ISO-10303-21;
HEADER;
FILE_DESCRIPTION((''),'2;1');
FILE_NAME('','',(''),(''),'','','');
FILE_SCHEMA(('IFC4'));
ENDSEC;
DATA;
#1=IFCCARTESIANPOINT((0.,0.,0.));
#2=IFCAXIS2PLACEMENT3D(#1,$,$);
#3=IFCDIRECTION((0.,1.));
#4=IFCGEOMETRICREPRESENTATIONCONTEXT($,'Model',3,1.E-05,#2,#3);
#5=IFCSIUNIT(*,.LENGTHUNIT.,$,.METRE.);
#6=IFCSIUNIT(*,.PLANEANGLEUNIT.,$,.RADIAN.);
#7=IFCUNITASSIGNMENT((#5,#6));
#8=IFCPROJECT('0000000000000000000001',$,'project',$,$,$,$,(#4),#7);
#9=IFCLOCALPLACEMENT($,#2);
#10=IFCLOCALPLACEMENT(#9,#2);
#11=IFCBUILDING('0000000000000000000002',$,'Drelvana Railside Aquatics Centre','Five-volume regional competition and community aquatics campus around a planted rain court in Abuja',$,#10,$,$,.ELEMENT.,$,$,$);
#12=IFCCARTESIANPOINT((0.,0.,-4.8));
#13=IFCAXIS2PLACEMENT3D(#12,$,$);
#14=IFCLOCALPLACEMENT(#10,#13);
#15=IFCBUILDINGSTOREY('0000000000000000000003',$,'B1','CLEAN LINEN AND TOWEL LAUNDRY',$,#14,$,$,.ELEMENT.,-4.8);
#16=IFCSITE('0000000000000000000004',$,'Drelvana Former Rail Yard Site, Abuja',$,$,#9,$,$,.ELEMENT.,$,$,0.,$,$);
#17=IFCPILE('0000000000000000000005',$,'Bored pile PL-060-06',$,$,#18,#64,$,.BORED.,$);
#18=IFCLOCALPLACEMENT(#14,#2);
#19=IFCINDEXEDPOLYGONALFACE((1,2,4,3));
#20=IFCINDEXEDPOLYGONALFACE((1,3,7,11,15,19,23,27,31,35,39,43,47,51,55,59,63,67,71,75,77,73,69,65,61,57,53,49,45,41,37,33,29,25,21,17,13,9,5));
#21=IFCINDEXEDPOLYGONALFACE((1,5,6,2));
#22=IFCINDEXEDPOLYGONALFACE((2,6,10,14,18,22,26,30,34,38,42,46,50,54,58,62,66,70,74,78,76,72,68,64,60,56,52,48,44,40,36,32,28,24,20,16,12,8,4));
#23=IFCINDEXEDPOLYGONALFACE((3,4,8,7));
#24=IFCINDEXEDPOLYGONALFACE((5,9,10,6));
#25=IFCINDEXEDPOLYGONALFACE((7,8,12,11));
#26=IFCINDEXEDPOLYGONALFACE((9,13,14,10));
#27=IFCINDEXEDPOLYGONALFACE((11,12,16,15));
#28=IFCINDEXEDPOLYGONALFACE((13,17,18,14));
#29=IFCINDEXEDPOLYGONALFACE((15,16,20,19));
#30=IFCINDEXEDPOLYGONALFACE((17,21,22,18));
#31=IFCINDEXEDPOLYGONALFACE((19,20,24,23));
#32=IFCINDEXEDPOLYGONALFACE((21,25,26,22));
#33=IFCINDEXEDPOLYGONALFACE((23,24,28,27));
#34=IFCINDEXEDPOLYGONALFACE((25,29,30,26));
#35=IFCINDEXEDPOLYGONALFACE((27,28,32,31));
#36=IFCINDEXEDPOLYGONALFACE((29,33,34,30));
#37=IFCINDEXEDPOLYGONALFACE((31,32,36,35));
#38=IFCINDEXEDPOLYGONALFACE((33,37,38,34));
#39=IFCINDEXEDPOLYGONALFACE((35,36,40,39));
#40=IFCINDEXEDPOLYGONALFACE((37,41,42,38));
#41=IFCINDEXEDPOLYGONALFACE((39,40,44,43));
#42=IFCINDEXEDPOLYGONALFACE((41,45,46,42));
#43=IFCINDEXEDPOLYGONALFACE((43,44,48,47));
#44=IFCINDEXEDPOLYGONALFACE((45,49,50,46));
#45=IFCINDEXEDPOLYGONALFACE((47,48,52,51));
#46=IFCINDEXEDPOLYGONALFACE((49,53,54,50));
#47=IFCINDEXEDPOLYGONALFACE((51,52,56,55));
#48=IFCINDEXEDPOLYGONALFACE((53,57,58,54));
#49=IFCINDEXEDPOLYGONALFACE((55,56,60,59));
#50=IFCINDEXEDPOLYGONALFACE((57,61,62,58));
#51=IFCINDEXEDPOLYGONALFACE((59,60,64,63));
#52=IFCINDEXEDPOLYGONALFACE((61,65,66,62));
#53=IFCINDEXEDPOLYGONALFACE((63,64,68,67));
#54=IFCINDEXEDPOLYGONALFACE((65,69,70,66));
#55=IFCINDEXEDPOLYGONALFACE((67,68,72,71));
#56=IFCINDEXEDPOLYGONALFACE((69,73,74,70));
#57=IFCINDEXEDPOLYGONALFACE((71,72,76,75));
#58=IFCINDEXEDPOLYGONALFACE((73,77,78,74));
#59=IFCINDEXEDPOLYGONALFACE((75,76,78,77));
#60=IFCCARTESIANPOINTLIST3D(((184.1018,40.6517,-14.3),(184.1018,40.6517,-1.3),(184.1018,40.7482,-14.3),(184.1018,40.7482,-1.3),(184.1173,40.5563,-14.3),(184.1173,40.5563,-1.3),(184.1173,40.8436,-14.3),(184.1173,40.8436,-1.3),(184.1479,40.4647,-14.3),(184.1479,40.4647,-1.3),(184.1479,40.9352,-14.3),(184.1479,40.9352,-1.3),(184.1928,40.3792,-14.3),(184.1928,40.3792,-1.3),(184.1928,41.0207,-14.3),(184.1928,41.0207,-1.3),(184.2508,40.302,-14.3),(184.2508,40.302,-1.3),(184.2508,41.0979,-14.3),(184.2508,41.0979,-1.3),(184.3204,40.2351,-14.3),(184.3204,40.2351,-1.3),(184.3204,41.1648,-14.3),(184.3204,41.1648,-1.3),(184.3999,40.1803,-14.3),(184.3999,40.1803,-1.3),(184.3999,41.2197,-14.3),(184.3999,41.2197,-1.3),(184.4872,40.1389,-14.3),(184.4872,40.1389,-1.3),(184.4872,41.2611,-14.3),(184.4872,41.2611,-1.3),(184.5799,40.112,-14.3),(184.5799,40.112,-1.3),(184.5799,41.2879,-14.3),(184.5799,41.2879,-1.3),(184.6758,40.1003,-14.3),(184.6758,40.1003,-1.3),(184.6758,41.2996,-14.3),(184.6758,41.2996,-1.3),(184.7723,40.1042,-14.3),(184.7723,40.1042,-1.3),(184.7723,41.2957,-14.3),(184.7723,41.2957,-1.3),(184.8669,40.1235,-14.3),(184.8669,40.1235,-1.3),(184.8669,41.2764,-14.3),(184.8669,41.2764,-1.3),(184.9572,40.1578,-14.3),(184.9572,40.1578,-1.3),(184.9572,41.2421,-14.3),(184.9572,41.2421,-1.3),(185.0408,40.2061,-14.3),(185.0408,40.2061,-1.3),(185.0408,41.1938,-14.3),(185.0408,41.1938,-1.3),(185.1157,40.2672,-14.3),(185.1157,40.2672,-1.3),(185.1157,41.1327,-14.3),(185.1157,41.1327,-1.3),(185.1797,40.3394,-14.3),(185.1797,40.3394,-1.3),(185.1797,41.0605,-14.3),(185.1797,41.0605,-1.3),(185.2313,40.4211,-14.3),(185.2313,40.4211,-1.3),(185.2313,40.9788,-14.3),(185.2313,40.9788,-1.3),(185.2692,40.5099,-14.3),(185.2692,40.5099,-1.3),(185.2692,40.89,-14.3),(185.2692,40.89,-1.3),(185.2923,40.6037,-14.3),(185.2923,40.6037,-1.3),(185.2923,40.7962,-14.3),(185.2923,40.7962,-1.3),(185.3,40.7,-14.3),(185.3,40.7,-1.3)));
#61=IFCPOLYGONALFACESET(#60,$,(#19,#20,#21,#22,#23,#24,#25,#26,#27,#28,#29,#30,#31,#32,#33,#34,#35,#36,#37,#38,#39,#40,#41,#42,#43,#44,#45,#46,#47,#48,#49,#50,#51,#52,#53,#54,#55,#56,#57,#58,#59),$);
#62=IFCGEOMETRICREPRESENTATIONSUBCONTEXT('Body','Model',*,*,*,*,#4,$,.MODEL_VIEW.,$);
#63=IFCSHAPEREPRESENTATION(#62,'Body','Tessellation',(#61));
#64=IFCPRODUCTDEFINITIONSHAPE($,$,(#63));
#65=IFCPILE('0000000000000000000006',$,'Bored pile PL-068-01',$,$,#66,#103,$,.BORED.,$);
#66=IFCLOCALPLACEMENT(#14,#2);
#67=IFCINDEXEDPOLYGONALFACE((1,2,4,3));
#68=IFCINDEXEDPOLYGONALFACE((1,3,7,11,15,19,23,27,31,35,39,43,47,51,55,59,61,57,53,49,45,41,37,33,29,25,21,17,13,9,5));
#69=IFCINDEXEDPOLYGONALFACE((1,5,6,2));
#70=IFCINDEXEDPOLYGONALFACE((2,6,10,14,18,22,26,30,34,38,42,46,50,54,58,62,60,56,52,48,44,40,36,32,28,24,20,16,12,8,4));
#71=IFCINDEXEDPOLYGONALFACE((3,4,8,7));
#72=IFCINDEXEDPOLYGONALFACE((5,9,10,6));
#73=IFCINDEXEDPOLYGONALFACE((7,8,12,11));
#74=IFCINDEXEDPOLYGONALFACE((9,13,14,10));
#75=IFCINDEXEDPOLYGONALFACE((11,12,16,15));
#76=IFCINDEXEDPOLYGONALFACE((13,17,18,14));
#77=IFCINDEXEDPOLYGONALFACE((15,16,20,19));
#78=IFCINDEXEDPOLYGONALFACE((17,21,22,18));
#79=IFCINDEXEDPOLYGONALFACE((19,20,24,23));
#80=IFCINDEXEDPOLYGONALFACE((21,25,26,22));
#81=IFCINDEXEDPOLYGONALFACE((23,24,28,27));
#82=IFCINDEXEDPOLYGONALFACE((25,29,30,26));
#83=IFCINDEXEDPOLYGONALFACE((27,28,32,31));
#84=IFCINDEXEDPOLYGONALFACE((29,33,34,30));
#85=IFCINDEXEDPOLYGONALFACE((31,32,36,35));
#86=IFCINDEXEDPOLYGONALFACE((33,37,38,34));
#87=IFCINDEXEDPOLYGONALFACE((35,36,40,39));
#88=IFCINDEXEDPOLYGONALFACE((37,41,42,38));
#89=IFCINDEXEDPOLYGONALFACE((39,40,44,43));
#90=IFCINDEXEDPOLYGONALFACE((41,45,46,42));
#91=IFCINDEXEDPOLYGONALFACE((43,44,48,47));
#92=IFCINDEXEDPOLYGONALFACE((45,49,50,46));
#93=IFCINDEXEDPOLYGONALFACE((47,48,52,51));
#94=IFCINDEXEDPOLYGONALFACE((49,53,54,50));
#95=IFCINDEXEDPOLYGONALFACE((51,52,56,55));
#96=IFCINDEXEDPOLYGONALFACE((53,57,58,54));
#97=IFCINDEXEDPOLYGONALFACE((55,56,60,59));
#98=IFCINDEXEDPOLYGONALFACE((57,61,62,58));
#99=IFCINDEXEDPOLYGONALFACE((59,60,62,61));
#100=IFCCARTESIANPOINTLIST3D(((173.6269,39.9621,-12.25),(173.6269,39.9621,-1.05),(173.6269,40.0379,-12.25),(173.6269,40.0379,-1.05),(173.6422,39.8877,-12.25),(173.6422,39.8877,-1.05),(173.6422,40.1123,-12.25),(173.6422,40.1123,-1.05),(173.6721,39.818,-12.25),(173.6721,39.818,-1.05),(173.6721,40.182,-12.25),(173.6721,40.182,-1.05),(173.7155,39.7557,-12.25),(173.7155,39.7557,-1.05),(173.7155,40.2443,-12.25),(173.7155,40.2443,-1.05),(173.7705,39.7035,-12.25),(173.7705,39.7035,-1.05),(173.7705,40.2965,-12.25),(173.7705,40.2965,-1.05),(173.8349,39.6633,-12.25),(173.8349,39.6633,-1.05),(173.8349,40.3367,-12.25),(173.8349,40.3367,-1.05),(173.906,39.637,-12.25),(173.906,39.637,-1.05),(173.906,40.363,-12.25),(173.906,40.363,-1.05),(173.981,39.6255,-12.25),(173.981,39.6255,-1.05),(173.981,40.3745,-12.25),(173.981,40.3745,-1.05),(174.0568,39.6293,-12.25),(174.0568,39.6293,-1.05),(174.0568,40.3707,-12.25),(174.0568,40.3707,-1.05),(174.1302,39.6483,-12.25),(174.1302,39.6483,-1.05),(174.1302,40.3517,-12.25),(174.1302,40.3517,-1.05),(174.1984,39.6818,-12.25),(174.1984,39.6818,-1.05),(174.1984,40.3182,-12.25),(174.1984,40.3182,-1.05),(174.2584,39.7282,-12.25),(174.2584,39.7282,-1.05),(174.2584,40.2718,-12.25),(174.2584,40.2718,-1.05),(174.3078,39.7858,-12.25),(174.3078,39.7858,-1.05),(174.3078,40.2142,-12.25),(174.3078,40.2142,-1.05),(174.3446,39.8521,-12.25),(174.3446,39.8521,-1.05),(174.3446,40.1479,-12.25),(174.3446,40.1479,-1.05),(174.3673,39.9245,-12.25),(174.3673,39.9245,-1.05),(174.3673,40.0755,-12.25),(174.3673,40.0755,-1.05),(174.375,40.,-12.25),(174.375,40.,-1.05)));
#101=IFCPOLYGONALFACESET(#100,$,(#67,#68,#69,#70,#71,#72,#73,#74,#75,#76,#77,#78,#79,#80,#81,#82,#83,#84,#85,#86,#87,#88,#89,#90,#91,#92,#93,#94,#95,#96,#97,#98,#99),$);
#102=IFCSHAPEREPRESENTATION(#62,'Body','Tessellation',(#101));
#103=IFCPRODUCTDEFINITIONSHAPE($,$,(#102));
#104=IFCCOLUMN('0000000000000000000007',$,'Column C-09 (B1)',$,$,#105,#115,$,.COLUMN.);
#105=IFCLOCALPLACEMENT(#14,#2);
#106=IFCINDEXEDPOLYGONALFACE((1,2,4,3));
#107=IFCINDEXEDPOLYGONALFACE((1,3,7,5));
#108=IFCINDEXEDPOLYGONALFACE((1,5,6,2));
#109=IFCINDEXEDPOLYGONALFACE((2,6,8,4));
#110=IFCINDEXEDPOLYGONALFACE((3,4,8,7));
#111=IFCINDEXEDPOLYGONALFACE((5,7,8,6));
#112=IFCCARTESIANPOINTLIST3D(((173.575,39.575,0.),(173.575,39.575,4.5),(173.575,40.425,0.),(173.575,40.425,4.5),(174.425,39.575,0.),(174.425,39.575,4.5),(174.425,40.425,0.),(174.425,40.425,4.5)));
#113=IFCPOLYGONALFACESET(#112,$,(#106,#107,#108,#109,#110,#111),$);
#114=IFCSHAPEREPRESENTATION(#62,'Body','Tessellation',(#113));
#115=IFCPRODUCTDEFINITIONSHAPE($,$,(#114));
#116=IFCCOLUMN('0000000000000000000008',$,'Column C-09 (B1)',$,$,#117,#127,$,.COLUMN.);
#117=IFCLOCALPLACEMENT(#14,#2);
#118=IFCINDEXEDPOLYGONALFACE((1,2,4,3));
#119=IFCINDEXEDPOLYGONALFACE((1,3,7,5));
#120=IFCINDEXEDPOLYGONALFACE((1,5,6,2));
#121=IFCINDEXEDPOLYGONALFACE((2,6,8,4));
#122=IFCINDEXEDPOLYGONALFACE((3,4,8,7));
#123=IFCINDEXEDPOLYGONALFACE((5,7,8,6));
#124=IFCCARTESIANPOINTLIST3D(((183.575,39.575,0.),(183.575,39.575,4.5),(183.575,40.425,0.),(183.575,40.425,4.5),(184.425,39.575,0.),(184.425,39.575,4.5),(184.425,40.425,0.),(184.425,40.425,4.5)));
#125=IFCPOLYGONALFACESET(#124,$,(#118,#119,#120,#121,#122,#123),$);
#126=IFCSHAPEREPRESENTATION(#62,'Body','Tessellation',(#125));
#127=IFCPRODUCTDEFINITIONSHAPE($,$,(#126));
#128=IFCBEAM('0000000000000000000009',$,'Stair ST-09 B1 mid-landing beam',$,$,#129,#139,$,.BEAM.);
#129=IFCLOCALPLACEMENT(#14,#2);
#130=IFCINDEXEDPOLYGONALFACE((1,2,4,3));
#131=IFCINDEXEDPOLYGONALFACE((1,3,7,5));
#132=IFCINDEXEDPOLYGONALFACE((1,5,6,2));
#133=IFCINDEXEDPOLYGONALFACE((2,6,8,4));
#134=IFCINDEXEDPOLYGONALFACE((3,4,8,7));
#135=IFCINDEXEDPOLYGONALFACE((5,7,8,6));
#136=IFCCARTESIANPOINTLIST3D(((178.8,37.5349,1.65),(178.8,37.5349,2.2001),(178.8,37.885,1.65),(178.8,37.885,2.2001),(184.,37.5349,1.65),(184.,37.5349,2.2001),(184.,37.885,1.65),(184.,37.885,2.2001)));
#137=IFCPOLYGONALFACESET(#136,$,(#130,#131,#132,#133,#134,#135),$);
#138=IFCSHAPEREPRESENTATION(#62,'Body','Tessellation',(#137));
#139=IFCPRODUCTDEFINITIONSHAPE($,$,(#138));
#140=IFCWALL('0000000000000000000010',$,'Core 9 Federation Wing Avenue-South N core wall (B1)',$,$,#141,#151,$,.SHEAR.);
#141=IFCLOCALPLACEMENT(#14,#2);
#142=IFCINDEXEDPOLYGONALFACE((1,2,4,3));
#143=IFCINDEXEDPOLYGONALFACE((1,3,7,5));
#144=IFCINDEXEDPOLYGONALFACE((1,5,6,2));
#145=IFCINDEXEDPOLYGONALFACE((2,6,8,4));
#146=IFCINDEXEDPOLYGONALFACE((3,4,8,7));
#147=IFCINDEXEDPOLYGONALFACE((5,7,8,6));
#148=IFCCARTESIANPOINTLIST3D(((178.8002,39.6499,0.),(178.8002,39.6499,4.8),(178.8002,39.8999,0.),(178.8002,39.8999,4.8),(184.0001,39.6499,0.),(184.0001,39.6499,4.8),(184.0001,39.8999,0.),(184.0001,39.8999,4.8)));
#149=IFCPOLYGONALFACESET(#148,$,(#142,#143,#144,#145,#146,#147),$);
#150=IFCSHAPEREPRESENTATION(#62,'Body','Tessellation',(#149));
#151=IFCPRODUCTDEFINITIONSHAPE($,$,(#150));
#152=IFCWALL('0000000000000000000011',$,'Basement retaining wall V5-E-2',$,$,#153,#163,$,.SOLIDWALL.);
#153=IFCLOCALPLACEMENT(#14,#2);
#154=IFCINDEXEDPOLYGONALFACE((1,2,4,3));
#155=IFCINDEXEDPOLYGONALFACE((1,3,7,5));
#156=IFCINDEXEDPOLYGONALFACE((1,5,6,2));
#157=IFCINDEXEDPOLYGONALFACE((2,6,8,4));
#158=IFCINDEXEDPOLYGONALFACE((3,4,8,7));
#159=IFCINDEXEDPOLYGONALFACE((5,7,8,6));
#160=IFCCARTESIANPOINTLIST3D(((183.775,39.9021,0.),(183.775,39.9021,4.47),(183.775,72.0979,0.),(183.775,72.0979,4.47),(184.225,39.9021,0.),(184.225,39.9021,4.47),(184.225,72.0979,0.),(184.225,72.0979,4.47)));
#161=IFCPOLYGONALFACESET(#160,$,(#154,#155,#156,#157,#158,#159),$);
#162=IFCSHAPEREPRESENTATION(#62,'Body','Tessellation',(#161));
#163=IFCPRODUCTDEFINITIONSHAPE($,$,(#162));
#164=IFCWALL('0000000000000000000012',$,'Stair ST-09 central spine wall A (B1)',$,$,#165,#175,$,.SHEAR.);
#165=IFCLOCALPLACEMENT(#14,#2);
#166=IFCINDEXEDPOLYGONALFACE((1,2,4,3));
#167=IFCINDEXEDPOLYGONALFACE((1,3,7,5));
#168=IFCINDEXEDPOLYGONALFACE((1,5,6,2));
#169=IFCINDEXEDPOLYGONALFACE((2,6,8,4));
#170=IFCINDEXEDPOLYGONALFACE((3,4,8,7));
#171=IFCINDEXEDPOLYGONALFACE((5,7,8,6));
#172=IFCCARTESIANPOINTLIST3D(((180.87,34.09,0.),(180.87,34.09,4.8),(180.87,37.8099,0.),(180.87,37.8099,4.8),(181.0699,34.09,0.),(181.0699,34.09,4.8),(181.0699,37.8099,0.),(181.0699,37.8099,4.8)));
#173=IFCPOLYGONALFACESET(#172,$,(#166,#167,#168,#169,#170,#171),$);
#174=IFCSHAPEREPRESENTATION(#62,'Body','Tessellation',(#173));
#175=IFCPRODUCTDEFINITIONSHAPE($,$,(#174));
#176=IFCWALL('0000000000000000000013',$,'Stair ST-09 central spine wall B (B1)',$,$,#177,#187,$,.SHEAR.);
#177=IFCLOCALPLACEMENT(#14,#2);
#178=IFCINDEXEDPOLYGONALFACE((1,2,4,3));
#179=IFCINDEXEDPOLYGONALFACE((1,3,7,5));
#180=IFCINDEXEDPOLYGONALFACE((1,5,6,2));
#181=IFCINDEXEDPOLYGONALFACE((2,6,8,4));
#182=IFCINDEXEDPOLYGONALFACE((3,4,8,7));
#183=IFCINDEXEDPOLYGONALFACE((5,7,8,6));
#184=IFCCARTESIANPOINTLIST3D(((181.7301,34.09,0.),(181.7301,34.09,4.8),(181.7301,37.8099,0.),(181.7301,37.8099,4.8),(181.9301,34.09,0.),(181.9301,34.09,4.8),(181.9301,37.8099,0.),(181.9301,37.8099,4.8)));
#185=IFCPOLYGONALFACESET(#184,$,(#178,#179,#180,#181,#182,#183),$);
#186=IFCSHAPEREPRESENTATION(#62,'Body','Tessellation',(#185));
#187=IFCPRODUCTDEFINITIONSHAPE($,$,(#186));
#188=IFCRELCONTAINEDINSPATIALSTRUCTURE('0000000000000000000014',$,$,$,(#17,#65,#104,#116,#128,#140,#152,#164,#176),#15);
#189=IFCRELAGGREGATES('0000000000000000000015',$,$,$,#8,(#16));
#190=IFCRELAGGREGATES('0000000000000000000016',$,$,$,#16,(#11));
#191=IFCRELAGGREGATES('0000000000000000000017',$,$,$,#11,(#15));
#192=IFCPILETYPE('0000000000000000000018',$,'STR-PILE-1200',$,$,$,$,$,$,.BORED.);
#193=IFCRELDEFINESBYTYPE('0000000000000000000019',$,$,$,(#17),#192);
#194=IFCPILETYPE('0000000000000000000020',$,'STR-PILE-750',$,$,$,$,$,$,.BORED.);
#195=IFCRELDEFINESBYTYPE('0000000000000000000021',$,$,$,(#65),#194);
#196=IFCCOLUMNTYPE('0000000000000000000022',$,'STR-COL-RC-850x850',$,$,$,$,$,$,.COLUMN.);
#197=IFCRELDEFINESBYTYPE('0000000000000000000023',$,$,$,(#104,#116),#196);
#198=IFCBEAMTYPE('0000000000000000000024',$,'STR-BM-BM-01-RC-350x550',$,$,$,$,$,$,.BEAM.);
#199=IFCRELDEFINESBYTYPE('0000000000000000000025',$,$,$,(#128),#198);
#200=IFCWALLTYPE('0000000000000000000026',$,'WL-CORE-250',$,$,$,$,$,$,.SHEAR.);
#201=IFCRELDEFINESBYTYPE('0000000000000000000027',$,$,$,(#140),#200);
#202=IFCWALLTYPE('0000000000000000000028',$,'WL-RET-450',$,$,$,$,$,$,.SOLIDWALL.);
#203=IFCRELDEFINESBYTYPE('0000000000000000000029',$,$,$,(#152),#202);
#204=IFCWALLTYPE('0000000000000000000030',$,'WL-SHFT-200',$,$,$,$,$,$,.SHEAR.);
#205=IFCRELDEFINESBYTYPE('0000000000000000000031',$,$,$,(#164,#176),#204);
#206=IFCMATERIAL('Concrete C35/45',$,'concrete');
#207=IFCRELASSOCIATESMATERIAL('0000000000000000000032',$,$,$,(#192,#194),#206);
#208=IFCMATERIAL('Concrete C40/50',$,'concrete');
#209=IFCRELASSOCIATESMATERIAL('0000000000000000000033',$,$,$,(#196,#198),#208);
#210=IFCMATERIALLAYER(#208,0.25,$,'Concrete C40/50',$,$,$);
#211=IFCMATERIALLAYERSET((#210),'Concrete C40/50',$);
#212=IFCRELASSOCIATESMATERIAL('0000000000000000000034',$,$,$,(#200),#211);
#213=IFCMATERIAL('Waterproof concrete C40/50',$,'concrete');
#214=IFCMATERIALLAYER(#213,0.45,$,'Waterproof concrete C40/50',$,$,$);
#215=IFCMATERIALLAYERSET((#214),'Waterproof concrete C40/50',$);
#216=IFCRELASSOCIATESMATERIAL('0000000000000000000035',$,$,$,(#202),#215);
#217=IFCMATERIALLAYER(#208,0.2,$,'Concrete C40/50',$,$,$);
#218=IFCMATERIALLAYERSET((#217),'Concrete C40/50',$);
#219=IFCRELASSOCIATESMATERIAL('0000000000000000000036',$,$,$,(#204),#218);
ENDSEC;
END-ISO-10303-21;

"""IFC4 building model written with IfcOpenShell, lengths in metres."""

from ifc_helpers import new_model, si_unit, direction, frame, frame_2d, origin, origin_2d, place, context, subcontext, project, spatial, rectangle, circle, extrude, material, layer, layer_set, material_profile, profile_set, type_object, element, save


model = new_model("IFC4")

# Units and contexts
model_context = context("Model", 3, precision=1e-05, world=origin(), true_north=direction((0.0, 1.0)))
body_context = subcontext(model_context, "Body", "Model", "MODEL_VIEW")
ifc_project = project(units=[si_unit("LENGTHUNIT", "METRE"), si_unit("PLANEANGLEUNIT", "RADIAN")], contexts=[model_context])

# Site, building, storey
site_placement = place(None, origin())
site = spatial("IfcSite", under=ifc_project, at=site_placement, Name="Drelvana Former Rail Yard Site, Abuja", CompositionType="ELEMENT", RefElevation=0.0)
building_placement = place(site_placement, origin())
building = spatial("IfcBuilding", under=site, at=building_placement, Name="Drelvana Railside Aquatics Centre", Description="Five-volume regional competition and community aquatics campus around a planted rain court in Abuja", CompositionType="ELEMENT")
storey_placement = place(building_placement, frame((0.0, 0.0, -4.8)))
storey = spatial("IfcBuildingStorey", under=building, at=storey_placement, Name="B1", Description="CLEAN LINEN AND TOWEL LAUNDRY", CompositionType="ELEMENT", Elevation=-4.8)

# Shared definitions
ifc_material_1 = material(Name="Concrete C35/45", Category="concrete")

# Piles
ifc_material_profile_1 = material_profile(ifc_material_1, circle(Radius=0.6001, at=origin_2d()), Name="PILE D1200")
ifc_profile_set_1 = profile_set([ifc_material_profile_1], Name="Concrete C35/45")
pile_type_1 = type_object("IfcPileType", Name="STR-PILE-1200", PredefinedType="BORED", material=ifc_profile_set_1)
for number, where, z_axis, x_axis, name in (
    (1, (184.7, 40.7, -1.3), (0.0, 0.0, -1.0), (1.0, 0.0, 0.0), "Bored pile PL-060-06"),
):
    element("IfcPile", number, at=place(storey_placement, frame(where, z_axis=z_axis, x_axis=x_axis)), inside=storey, type_object=pile_type_1, Name=name, PredefinedType="BORED", context=body_context, shape_type="SweptSolid", body=[
        extrude(circle(Radius=0.6001, at=origin_2d()), origin(), (0.0, 0.0, 1.0), 13.0),
    ])
ifc_material_profile_2 = material_profile(ifc_material_1, circle(Radius=0.375, at=origin_2d()), Name="PILE D750")
ifc_profile_set_2 = profile_set([ifc_material_profile_2], Name="Concrete C35/45")
pile_type_2 = type_object("IfcPileType", Name="STR-PILE-750", PredefinedType="BORED", material=ifc_profile_set_2)
pile_placement = place(storey_placement, frame((174.0, 40.0, -1.05), z_axis=(0.0, 0.0, -1.0), x_axis=(1.0, 0.0, 0.0)))
element("IfcPile", 2, at=pile_placement, inside=storey, type_object=pile_type_2, Name="Bored pile PL-068-01", PredefinedType="BORED", context=body_context, shape_type="SweptSolid", body=[
    extrude(circle(Radius=0.375, at=origin_2d()), origin(), (0.0, 0.0, 1.0), 11.2),
])

# Columns
ifc_material_2 = material(Name="Concrete C40/50", Category="concrete")
ifc_material_profile_3 = material_profile(ifc_material_2, rectangle(XDim=0.8501, YDim=0.8501, at=origin_2d()), Name="RC 850x850")
ifc_profile_set_3 = profile_set([ifc_material_profile_3], Name="Concrete C40/50")
column_type = type_object("IfcColumnType", Name="STR-COL-RC-850x850", PredefinedType="COLUMN", material=ifc_profile_set_3)
for number, where, z_axis, x_axis, name in (
    (3, (174.0, 40.0, 0.0), (0.0, 0.0, 1.0), (1.0, 0.0, 0.0), "Column C-09 (B1)"),
    (4, (184.0, 40.0, 0.0), (0.0, 0.0, 1.0), (1.0, 0.0, 0.0), "Column C-09 (B1)"),
):
    element("IfcColumn", number, at=place(storey_placement, frame(where, z_axis=z_axis, x_axis=x_axis)), inside=storey, type_object=column_type, Name=name, PredefinedType="COLUMN", context=body_context, shape_type="SweptSolid", body=[
        extrude(rectangle(XDim=0.8501, YDim=0.8501, at=origin_2d()), origin(), (0.0, 0.0, 1.0), 4.5),
    ])

# Beam
ifc_material_profile_4 = material_profile(ifc_material_2, rectangle(XDim=0.3501, YDim=0.55, at=origin_2d()), Name="RC 350x550")
ifc_profile_set_4 = profile_set([ifc_material_profile_4], Name="Concrete C40/50")
beam_type = type_object("IfcBeamType", Name="STR-BM-BM-01-RC-350x550", PredefinedType="BEAM", material=ifc_profile_set_4)
beam_placement = place(storey_placement, frame((178.8, 37.71, 1.925), z_axis=(1.0, 0.0, 0.0), x_axis=(0.0, 1.0, 0.0)))
element("IfcBeam", 5, at=beam_placement, inside=storey, type_object=beam_type, Name="Stair ST-09 B1 mid-landing beam", PredefinedType="BEAM", context=body_context, shape_type="SweptSolid", body=[
    extrude(rectangle(XDim=0.3501, YDim=0.55, at=origin_2d()), origin(), (0.0, 0.0, 1.0), 5.2),
])

# Walls
ifc_layer_1 = layer(ifc_material_2, 0.25, Name="Concrete C40/50")
ifc_layer_set_1 = layer_set([ifc_layer_1], Name="Concrete C40/50")
wall_type_1 = type_object("IfcWallType", Name="WL-CORE-250", PredefinedType="SHEAR", material=ifc_layer_set_1)
wall_1_placement = place(storey_placement, frame((178.8, 39.7749, 0.0), z_axis=(0.0, 0.0, 1.0), x_axis=(1.0, 0.0, 0.0)))
element("IfcWall", 6, at=wall_1_placement, inside=storey, type_object=wall_type_1, Name="Core 9 Federation Wing Avenue-South N core wall (B1)", PredefinedType="SHEAR", context=body_context, shape_type="SweptSolid", body=[
    extrude(rectangle(XDim=5.2, YDim=0.25, at=frame_2d((2.6001, 0.0))), origin(), (0.0, 0.0, 1.0), 4.8),
])
ifc_material_3 = material(Name="Waterproof concrete C40/50", Category="concrete")
ifc_layer_2 = layer(ifc_material_3, 0.45, Name="Waterproof concrete C40/50")
ifc_layer_set_2 = layer_set([ifc_layer_2], Name="Waterproof concrete C40/50")
wall_type_2 = type_object("IfcWallType", Name="WL-RET-450", PredefinedType="SOLIDWALL", material=ifc_layer_set_2)
wall_2_placement = place(storey_placement, frame((184.0, 39.9021, 0.0), z_axis=(0.0, 0.0, 1.0), x_axis=(0.0, 1.0, 0.0)))
element("IfcWall", 7, at=wall_2_placement, inside=storey, type_object=wall_type_2, Name="Basement retaining wall V5-E-2", PredefinedType="SOLIDWALL", context=body_context, shape_type="SweptSolid", body=[
    extrude(rectangle(XDim=32.1958, YDim=0.45, at=frame_2d((16.0979, 0.0))), origin(), (0.0, 0.0, 1.0), 4.47),
])
ifc_layer_3 = layer(ifc_material_2, 0.2, Name="Concrete C40/50")
ifc_layer_set_3 = layer_set([ifc_layer_3], Name="Concrete C40/50")
wall_type_3 = type_object("IfcWallType", Name="WL-SHFT-200", PredefinedType="SHEAR", material=ifc_layer_set_3)
for number, where, z_axis, x_axis, name in (
    (8, (180.97, 34.0901, 0.0), (0.0, 0.0, 1.0), (0.0, 1.0, 0.0), "Stair ST-09 central spine wall A (B1)"),
    (9, (181.8301, 34.0901, 0.0), (0.0, 0.0, 1.0), (0.0, 1.0, 0.0), "Stair ST-09 central spine wall B (B1)"),
):
    element("IfcWall", number, at=place(storey_placement, frame(where, z_axis=z_axis, x_axis=x_axis)), inside=storey, type_object=wall_type_3, Name=name, PredefinedType="SHEAR", context=body_context, shape_type="SweptSolid", body=[
        extrude(rectangle(XDim=3.72, YDim=0.2, at=frame_2d((1.8599, 0.0))), origin(), (0.0, 0.0, 1.0), 4.8),
    ])

save(model, "model.ifc")
